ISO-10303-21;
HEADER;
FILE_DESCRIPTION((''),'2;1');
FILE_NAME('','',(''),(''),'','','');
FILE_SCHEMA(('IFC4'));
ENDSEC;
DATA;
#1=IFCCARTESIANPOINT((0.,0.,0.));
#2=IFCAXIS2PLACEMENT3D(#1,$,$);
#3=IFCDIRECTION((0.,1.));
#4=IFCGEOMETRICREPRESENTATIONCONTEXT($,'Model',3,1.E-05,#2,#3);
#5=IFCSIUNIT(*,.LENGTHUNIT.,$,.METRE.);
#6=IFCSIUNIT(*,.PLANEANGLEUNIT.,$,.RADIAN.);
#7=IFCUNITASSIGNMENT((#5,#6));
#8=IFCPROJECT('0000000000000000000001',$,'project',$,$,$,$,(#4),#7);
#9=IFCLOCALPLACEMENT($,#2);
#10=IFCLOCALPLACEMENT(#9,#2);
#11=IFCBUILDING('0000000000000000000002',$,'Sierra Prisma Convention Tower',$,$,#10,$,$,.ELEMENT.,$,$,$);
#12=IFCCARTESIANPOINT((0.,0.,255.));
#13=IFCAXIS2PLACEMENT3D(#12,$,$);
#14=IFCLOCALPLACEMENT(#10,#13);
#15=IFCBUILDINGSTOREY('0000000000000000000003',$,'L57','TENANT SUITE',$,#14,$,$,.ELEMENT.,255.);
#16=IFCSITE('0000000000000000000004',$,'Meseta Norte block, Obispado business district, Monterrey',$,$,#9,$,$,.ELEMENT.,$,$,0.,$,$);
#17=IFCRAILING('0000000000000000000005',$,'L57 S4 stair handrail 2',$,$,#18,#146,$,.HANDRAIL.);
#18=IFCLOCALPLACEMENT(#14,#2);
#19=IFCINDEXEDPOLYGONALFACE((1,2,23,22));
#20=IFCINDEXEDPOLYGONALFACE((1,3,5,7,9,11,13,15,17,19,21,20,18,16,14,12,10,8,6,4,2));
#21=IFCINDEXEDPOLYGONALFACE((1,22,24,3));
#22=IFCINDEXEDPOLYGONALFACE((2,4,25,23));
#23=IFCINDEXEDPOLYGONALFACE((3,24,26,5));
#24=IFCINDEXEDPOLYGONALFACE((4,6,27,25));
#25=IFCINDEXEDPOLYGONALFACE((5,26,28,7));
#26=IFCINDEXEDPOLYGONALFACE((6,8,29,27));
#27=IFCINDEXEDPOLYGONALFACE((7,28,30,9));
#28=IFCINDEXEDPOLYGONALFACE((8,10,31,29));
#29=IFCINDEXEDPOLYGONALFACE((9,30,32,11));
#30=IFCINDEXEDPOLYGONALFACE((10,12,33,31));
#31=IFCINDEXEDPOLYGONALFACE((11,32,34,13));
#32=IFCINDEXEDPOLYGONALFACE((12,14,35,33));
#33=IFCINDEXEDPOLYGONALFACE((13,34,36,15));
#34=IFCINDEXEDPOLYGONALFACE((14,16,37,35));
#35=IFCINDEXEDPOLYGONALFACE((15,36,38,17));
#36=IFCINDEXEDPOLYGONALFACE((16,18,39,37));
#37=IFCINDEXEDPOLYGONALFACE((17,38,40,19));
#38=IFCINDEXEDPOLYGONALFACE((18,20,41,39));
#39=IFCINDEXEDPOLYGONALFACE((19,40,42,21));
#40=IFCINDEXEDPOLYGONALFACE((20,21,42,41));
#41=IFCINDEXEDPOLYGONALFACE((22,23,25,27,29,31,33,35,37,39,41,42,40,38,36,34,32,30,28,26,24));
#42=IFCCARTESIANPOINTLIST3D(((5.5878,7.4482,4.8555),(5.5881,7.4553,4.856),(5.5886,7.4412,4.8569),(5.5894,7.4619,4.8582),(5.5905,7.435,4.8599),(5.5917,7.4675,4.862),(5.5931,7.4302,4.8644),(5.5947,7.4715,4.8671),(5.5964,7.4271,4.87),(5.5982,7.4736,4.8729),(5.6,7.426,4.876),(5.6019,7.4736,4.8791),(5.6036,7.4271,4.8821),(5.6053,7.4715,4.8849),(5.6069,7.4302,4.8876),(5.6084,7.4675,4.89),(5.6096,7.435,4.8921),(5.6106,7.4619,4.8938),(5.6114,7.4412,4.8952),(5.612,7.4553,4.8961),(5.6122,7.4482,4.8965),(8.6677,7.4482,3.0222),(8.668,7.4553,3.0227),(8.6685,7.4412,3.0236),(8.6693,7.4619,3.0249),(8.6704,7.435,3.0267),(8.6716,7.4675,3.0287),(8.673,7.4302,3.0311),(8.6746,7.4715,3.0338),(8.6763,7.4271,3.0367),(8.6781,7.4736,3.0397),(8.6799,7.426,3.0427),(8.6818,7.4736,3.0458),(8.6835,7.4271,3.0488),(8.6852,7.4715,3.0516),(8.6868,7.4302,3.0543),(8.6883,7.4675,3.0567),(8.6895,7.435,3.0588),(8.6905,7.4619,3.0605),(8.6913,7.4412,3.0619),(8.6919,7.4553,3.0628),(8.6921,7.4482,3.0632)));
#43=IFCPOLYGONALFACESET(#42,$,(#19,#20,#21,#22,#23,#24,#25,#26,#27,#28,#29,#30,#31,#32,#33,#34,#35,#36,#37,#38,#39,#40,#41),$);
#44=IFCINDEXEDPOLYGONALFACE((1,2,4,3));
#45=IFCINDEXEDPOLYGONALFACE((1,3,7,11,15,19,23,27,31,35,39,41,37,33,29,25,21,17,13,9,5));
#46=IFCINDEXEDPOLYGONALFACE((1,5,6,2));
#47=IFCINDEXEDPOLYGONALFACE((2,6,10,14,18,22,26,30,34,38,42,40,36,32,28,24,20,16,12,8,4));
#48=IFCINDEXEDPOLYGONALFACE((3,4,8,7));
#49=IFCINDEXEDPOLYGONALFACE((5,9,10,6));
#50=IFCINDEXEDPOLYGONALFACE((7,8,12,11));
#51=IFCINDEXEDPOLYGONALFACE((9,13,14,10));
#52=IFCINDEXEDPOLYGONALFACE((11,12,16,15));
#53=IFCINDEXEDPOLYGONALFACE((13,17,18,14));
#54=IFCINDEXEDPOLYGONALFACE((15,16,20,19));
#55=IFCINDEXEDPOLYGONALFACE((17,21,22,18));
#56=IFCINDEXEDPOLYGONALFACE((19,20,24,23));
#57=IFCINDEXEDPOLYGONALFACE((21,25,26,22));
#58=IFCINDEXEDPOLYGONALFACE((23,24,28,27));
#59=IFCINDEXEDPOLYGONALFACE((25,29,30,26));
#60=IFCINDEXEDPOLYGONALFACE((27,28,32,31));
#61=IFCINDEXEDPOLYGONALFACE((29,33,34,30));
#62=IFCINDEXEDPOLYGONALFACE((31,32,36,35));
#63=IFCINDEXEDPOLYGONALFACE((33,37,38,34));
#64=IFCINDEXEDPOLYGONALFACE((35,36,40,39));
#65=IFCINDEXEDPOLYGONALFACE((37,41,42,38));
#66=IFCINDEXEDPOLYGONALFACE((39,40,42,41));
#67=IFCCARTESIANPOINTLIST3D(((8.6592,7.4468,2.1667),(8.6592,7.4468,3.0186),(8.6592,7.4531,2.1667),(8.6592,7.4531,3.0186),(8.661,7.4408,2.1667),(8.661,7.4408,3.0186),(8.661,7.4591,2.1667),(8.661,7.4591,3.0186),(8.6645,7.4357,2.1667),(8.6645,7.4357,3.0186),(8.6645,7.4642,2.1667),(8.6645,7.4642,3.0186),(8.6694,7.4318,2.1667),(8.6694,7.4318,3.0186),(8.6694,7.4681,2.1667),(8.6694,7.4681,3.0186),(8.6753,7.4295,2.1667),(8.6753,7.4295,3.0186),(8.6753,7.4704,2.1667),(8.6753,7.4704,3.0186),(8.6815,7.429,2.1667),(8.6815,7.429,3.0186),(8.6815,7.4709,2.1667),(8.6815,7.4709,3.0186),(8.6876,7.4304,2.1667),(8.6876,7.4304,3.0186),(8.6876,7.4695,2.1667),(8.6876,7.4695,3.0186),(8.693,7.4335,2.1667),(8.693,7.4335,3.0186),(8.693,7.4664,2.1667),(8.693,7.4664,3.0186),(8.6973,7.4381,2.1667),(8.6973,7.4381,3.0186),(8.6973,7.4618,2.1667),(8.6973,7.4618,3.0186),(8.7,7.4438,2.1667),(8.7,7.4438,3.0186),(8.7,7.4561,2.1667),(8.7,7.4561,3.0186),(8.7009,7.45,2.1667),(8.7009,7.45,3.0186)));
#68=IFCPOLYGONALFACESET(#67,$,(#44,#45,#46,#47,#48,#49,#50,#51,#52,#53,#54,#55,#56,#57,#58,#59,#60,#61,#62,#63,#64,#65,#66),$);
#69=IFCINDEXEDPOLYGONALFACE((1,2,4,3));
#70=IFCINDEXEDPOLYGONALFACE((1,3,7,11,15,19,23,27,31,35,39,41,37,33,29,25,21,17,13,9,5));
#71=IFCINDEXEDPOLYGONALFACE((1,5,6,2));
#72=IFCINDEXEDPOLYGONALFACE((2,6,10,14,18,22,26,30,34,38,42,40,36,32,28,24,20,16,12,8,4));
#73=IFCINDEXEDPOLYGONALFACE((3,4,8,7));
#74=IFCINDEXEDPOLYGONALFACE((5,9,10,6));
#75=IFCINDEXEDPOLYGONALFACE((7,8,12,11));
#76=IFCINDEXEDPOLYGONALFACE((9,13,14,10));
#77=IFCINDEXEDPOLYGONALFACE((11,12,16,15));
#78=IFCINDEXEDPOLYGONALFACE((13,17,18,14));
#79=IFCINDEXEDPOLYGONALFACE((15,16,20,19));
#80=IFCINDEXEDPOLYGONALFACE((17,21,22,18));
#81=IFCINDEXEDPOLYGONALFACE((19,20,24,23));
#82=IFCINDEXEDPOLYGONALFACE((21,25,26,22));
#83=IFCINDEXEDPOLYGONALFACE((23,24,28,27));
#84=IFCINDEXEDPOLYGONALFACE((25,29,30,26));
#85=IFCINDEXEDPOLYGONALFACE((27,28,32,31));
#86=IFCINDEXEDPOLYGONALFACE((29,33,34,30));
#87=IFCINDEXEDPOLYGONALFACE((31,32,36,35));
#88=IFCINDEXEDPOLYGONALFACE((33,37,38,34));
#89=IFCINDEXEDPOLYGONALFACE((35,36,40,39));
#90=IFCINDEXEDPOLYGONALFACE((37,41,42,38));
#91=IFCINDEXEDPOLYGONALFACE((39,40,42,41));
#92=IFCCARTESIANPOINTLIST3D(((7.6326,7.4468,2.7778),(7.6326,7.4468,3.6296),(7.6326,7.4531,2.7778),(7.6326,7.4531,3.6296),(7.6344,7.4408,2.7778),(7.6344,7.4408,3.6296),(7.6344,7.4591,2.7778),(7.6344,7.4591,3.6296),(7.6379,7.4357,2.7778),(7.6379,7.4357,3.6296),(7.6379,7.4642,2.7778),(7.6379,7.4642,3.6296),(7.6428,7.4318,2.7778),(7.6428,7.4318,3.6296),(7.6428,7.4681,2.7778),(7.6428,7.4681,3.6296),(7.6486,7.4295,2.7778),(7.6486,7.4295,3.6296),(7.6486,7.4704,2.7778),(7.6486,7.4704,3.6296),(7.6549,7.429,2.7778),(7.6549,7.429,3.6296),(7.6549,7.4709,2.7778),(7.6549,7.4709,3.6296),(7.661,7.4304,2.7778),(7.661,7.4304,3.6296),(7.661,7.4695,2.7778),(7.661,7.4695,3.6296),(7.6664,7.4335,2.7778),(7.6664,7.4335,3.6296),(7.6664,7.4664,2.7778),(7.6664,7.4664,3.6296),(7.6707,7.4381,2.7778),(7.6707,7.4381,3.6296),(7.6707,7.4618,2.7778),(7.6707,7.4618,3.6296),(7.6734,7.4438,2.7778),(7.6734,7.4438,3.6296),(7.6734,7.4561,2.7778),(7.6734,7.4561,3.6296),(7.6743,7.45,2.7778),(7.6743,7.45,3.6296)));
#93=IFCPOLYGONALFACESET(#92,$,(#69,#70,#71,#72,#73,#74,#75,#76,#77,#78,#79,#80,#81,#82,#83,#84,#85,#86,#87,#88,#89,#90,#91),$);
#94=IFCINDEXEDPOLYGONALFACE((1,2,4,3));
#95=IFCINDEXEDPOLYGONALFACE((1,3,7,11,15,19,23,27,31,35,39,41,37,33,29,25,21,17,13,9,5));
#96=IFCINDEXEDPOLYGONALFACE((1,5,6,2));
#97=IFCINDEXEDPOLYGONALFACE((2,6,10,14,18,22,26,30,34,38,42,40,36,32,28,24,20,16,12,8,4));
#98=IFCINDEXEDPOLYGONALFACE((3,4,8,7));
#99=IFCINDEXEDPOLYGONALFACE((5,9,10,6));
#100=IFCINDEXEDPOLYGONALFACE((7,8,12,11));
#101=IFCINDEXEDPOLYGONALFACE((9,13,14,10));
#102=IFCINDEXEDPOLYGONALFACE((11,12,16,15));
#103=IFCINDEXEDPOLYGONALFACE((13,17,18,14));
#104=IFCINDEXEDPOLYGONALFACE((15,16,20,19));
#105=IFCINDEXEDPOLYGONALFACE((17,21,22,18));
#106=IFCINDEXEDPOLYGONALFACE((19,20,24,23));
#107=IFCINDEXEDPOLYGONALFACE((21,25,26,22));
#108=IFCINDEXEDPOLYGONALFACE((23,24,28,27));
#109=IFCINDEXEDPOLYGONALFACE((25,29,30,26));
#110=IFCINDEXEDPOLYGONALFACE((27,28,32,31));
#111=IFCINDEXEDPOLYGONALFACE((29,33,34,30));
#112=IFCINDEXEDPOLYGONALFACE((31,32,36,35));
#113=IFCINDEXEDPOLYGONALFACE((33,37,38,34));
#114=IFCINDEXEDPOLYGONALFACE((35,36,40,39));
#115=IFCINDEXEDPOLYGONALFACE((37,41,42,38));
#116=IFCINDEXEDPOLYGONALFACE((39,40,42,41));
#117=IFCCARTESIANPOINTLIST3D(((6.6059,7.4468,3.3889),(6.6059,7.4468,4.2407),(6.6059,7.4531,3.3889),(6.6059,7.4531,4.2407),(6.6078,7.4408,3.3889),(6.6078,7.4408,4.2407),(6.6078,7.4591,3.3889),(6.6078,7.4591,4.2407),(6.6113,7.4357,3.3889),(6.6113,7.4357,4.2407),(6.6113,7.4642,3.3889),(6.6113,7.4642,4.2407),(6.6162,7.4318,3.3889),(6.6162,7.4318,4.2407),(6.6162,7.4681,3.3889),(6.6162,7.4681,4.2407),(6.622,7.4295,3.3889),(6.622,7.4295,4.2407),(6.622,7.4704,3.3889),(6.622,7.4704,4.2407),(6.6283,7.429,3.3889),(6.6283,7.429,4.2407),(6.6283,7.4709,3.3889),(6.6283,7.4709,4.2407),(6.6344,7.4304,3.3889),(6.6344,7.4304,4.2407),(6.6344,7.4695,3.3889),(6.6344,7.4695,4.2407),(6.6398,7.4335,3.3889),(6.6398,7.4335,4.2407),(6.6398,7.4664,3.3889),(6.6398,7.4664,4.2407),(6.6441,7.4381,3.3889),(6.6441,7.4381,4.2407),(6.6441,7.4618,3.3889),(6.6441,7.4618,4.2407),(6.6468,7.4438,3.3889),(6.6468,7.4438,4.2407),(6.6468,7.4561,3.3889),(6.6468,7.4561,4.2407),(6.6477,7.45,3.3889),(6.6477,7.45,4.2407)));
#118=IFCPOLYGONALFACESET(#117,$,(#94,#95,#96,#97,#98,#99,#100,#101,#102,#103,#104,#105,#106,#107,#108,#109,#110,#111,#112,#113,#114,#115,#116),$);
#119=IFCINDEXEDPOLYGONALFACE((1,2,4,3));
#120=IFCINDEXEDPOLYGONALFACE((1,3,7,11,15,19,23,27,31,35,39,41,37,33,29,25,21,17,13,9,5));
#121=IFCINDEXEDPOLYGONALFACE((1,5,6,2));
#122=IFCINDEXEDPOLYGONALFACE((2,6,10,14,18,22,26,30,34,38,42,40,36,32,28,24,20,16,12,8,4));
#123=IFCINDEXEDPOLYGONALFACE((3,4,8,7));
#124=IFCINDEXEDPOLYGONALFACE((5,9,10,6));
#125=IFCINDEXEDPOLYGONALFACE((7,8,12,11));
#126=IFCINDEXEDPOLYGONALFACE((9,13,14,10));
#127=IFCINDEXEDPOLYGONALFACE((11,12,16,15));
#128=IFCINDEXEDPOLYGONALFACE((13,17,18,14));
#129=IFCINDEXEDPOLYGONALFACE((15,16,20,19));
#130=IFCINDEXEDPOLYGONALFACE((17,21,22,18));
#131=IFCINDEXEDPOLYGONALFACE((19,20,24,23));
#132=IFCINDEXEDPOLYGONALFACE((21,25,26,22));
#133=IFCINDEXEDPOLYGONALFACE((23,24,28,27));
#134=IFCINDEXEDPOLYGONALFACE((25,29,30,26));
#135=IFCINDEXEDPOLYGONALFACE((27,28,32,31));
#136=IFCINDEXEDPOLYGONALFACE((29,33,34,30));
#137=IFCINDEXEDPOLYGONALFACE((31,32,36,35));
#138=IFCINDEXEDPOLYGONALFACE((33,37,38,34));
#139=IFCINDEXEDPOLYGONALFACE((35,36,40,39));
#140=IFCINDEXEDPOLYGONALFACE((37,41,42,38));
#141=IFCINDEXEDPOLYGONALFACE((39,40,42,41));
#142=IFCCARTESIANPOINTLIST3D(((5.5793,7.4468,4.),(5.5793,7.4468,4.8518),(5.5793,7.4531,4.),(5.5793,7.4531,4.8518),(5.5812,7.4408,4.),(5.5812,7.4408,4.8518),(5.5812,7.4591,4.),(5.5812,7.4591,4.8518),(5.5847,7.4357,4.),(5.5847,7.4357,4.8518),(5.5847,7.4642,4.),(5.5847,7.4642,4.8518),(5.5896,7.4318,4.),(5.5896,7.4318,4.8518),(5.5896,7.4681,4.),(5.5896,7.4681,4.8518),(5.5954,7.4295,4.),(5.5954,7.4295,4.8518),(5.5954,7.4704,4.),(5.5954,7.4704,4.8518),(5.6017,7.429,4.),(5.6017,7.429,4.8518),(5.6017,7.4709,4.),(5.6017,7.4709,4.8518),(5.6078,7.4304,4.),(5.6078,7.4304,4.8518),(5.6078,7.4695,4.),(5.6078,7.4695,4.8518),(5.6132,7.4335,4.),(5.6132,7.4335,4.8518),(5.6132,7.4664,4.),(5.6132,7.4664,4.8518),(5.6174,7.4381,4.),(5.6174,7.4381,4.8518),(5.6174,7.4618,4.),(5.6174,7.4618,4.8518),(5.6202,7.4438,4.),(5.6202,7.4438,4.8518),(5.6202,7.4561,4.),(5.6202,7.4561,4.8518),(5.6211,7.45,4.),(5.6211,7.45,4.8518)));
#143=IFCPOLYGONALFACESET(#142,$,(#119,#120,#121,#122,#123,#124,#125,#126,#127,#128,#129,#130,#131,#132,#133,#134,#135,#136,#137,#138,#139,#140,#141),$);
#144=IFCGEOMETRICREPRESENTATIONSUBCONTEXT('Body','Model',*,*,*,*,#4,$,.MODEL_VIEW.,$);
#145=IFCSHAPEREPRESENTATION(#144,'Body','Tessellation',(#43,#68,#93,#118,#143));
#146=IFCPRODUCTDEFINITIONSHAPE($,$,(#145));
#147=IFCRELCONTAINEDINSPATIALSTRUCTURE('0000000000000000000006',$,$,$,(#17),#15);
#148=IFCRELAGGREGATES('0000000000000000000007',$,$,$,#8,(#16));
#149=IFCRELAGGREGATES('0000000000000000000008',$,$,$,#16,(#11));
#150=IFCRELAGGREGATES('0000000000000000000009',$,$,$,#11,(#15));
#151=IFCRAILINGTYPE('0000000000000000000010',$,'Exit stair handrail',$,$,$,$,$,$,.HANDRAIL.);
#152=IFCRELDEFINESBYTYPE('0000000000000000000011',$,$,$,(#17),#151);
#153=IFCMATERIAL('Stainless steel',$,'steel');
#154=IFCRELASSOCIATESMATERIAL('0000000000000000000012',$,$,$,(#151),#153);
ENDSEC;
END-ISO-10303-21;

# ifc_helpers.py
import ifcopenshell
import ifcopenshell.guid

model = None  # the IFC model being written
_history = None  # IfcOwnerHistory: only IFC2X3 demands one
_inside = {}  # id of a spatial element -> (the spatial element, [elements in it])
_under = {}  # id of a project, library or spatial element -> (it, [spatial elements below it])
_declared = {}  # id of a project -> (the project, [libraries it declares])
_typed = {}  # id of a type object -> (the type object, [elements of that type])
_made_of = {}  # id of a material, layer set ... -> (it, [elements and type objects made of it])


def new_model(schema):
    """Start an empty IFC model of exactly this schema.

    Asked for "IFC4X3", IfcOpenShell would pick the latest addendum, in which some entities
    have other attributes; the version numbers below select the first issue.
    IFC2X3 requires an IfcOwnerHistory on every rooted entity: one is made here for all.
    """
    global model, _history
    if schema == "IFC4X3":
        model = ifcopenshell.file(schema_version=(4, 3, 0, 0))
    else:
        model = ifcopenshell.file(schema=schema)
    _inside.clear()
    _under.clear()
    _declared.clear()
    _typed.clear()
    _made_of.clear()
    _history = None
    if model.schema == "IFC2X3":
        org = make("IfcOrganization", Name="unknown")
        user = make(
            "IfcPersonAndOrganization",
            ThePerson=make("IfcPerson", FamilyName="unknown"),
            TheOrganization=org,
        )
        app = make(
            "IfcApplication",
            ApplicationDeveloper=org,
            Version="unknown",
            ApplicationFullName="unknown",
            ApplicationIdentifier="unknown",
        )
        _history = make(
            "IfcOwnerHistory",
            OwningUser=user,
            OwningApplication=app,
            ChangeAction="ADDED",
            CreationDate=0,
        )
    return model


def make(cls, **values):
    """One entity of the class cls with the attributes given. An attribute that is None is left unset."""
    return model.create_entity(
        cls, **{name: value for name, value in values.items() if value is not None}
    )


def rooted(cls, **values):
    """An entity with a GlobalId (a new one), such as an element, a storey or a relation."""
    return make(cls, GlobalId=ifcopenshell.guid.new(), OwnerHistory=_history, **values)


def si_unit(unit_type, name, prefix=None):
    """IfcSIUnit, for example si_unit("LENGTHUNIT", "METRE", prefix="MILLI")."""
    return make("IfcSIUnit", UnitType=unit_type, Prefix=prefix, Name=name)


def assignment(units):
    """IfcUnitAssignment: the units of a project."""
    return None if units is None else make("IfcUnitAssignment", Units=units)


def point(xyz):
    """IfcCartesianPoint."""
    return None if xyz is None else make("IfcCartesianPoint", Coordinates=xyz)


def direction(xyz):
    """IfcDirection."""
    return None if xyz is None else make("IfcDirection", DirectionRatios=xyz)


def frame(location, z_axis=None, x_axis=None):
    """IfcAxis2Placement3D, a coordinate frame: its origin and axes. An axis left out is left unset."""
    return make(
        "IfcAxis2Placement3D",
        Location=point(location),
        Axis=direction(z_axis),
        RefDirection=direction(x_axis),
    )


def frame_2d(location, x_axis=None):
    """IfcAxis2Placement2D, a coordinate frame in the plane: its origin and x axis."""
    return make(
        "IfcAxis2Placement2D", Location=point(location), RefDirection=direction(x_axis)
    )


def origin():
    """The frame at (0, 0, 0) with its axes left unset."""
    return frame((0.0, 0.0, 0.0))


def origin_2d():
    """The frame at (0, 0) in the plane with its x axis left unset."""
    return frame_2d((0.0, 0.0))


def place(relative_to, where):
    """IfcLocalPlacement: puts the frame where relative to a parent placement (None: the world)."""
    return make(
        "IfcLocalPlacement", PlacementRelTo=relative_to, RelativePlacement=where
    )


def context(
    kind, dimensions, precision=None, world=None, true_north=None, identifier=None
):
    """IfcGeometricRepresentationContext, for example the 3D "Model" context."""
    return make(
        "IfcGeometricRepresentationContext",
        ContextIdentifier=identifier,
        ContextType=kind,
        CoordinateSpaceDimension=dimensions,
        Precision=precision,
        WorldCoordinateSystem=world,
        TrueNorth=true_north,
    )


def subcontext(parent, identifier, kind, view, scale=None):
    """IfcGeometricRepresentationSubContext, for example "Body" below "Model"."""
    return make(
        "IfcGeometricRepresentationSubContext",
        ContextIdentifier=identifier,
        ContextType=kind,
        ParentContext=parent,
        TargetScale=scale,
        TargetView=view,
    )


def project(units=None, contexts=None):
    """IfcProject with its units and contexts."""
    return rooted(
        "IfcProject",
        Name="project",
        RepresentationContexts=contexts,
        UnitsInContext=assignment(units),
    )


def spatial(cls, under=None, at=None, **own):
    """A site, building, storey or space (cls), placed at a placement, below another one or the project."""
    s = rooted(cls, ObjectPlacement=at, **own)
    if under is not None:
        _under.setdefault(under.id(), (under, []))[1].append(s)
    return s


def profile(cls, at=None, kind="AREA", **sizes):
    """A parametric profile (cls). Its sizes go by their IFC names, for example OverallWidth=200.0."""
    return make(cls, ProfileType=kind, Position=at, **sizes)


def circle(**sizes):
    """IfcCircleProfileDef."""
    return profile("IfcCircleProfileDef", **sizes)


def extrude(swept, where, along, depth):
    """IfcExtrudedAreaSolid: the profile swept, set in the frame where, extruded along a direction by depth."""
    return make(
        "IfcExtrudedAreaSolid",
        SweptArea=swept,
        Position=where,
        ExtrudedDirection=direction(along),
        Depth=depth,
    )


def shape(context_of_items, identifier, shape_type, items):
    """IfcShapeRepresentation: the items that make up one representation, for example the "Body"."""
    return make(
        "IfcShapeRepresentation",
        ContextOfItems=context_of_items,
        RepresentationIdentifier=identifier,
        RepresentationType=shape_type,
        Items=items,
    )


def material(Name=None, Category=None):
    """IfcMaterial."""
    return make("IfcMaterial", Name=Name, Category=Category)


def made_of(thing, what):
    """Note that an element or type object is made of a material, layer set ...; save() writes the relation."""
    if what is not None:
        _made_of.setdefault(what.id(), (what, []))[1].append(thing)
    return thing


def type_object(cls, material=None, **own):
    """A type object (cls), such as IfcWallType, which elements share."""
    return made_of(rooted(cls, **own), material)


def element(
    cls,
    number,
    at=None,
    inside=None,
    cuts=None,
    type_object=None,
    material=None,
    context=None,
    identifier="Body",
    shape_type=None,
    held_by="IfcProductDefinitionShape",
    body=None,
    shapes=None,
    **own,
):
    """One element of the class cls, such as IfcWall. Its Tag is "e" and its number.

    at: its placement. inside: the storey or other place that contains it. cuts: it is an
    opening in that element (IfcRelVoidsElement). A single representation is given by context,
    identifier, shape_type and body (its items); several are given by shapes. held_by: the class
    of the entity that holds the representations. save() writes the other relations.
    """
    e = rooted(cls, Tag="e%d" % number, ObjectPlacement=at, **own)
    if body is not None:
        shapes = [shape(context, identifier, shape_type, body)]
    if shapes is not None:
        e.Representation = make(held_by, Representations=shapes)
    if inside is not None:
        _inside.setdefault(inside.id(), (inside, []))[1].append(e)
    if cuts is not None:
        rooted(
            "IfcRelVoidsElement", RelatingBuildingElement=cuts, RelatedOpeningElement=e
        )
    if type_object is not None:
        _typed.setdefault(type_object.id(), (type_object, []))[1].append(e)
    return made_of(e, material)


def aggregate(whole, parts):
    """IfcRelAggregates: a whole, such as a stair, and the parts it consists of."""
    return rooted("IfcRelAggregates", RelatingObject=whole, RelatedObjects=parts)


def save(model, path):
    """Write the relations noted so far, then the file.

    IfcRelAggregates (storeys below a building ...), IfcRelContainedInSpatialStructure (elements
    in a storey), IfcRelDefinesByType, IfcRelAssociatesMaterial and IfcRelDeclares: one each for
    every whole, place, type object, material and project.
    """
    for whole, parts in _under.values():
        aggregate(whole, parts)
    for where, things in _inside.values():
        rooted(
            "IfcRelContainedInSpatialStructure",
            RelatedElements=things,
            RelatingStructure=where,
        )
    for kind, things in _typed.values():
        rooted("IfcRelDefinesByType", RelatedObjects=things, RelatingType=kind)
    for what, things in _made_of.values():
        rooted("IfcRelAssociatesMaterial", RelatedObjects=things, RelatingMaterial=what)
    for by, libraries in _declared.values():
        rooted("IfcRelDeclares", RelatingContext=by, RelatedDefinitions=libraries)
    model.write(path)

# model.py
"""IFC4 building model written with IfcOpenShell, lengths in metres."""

from ifc_helpers import new_model, si_unit, direction, frame, origin, origin_2d, place, context, subcontext, project, spatial, circle, extrude, material, type_object, element, save


model = new_model("IFC4")

# Units and contexts
model_context = context("Model", 3, precision=1e-05, world=origin(), true_north=direction((0.0, 1.0)))
body_context = subcontext(model_context, "Body", "Model", "MODEL_VIEW")
ifc_project = project(units=[si_unit("LENGTHUNIT", "METRE"), si_unit("PLANEANGLEUNIT", "RADIAN")], contexts=[model_context])

# Site, building, storey
site_placement = place(None, origin())
site = spatial("IfcSite", under=ifc_project, at=site_placement, Name="Meseta Norte block, Obispado business district, Monterrey", CompositionType="ELEMENT", RefElevation=0.0)
building_placement = place(site_placement, origin())
building = spatial("IfcBuilding", under=site, at=building_placement, Name="Sierra Prisma Convention Tower", CompositionType="ELEMENT")
storey_placement = place(building_placement, frame((0.0, 0.0, 255.0)))
storey = spatial("IfcBuildingStorey", under=building, at=storey_placement, Name="L57", Description="TENANT SUITE", CompositionType="ELEMENT", Elevation=255.0)

# Railing
ifc_material_1 = material(Name="Stainless steel", Category="steel")
railing_type_1 = type_object("IfcRailingType", Name="Exit stair handrail", PredefinedType="HANDRAIL", material=ifc_material_1)
railing_1_placement = place(storey_placement, frame((8.6799, 7.45, 2.1667)))
element("IfcRailing", 1, at=railing_1_placement, inside=storey, type_object=railing_type_1, Name="L57 S4 stair handrail 2", PredefinedType="HANDRAIL", context=body_context, shape_type="SweptSolid", body=[
    extrude(circle(Radius=0.0239, at=origin_2d()), frame((0.0, 0.0, 0.876), z_axis=(-0.859291, 0.0, 0.511487), x_axis=(0.0, -1.0, 0.0)), (0.0, 0.0, 1.0), 3.5842),
    extrude(circle(Radius=0.021, at=origin_2d()), origin(), (0.0, 0.0, 1.0), 0.8518),
    extrude(circle(Radius=0.021, at=origin_2d()), frame((-1.0266, 0.0, 0.6111)), (0.0, 0.0, 1.0), 0.8518),
    extrude(circle(Radius=0.021, at=origin_2d()), frame((-2.0532, 0.0, 1.2222)), (0.0, 0.0, 1.0), 0.8518),
    extrude(circle(Radius=0.021, at=origin_2d()), frame((-3.0798, 0.0, 1.8333)), (0.0, 0.0, 1.0), 0.8518),
])

save(model, "model.ifc")
